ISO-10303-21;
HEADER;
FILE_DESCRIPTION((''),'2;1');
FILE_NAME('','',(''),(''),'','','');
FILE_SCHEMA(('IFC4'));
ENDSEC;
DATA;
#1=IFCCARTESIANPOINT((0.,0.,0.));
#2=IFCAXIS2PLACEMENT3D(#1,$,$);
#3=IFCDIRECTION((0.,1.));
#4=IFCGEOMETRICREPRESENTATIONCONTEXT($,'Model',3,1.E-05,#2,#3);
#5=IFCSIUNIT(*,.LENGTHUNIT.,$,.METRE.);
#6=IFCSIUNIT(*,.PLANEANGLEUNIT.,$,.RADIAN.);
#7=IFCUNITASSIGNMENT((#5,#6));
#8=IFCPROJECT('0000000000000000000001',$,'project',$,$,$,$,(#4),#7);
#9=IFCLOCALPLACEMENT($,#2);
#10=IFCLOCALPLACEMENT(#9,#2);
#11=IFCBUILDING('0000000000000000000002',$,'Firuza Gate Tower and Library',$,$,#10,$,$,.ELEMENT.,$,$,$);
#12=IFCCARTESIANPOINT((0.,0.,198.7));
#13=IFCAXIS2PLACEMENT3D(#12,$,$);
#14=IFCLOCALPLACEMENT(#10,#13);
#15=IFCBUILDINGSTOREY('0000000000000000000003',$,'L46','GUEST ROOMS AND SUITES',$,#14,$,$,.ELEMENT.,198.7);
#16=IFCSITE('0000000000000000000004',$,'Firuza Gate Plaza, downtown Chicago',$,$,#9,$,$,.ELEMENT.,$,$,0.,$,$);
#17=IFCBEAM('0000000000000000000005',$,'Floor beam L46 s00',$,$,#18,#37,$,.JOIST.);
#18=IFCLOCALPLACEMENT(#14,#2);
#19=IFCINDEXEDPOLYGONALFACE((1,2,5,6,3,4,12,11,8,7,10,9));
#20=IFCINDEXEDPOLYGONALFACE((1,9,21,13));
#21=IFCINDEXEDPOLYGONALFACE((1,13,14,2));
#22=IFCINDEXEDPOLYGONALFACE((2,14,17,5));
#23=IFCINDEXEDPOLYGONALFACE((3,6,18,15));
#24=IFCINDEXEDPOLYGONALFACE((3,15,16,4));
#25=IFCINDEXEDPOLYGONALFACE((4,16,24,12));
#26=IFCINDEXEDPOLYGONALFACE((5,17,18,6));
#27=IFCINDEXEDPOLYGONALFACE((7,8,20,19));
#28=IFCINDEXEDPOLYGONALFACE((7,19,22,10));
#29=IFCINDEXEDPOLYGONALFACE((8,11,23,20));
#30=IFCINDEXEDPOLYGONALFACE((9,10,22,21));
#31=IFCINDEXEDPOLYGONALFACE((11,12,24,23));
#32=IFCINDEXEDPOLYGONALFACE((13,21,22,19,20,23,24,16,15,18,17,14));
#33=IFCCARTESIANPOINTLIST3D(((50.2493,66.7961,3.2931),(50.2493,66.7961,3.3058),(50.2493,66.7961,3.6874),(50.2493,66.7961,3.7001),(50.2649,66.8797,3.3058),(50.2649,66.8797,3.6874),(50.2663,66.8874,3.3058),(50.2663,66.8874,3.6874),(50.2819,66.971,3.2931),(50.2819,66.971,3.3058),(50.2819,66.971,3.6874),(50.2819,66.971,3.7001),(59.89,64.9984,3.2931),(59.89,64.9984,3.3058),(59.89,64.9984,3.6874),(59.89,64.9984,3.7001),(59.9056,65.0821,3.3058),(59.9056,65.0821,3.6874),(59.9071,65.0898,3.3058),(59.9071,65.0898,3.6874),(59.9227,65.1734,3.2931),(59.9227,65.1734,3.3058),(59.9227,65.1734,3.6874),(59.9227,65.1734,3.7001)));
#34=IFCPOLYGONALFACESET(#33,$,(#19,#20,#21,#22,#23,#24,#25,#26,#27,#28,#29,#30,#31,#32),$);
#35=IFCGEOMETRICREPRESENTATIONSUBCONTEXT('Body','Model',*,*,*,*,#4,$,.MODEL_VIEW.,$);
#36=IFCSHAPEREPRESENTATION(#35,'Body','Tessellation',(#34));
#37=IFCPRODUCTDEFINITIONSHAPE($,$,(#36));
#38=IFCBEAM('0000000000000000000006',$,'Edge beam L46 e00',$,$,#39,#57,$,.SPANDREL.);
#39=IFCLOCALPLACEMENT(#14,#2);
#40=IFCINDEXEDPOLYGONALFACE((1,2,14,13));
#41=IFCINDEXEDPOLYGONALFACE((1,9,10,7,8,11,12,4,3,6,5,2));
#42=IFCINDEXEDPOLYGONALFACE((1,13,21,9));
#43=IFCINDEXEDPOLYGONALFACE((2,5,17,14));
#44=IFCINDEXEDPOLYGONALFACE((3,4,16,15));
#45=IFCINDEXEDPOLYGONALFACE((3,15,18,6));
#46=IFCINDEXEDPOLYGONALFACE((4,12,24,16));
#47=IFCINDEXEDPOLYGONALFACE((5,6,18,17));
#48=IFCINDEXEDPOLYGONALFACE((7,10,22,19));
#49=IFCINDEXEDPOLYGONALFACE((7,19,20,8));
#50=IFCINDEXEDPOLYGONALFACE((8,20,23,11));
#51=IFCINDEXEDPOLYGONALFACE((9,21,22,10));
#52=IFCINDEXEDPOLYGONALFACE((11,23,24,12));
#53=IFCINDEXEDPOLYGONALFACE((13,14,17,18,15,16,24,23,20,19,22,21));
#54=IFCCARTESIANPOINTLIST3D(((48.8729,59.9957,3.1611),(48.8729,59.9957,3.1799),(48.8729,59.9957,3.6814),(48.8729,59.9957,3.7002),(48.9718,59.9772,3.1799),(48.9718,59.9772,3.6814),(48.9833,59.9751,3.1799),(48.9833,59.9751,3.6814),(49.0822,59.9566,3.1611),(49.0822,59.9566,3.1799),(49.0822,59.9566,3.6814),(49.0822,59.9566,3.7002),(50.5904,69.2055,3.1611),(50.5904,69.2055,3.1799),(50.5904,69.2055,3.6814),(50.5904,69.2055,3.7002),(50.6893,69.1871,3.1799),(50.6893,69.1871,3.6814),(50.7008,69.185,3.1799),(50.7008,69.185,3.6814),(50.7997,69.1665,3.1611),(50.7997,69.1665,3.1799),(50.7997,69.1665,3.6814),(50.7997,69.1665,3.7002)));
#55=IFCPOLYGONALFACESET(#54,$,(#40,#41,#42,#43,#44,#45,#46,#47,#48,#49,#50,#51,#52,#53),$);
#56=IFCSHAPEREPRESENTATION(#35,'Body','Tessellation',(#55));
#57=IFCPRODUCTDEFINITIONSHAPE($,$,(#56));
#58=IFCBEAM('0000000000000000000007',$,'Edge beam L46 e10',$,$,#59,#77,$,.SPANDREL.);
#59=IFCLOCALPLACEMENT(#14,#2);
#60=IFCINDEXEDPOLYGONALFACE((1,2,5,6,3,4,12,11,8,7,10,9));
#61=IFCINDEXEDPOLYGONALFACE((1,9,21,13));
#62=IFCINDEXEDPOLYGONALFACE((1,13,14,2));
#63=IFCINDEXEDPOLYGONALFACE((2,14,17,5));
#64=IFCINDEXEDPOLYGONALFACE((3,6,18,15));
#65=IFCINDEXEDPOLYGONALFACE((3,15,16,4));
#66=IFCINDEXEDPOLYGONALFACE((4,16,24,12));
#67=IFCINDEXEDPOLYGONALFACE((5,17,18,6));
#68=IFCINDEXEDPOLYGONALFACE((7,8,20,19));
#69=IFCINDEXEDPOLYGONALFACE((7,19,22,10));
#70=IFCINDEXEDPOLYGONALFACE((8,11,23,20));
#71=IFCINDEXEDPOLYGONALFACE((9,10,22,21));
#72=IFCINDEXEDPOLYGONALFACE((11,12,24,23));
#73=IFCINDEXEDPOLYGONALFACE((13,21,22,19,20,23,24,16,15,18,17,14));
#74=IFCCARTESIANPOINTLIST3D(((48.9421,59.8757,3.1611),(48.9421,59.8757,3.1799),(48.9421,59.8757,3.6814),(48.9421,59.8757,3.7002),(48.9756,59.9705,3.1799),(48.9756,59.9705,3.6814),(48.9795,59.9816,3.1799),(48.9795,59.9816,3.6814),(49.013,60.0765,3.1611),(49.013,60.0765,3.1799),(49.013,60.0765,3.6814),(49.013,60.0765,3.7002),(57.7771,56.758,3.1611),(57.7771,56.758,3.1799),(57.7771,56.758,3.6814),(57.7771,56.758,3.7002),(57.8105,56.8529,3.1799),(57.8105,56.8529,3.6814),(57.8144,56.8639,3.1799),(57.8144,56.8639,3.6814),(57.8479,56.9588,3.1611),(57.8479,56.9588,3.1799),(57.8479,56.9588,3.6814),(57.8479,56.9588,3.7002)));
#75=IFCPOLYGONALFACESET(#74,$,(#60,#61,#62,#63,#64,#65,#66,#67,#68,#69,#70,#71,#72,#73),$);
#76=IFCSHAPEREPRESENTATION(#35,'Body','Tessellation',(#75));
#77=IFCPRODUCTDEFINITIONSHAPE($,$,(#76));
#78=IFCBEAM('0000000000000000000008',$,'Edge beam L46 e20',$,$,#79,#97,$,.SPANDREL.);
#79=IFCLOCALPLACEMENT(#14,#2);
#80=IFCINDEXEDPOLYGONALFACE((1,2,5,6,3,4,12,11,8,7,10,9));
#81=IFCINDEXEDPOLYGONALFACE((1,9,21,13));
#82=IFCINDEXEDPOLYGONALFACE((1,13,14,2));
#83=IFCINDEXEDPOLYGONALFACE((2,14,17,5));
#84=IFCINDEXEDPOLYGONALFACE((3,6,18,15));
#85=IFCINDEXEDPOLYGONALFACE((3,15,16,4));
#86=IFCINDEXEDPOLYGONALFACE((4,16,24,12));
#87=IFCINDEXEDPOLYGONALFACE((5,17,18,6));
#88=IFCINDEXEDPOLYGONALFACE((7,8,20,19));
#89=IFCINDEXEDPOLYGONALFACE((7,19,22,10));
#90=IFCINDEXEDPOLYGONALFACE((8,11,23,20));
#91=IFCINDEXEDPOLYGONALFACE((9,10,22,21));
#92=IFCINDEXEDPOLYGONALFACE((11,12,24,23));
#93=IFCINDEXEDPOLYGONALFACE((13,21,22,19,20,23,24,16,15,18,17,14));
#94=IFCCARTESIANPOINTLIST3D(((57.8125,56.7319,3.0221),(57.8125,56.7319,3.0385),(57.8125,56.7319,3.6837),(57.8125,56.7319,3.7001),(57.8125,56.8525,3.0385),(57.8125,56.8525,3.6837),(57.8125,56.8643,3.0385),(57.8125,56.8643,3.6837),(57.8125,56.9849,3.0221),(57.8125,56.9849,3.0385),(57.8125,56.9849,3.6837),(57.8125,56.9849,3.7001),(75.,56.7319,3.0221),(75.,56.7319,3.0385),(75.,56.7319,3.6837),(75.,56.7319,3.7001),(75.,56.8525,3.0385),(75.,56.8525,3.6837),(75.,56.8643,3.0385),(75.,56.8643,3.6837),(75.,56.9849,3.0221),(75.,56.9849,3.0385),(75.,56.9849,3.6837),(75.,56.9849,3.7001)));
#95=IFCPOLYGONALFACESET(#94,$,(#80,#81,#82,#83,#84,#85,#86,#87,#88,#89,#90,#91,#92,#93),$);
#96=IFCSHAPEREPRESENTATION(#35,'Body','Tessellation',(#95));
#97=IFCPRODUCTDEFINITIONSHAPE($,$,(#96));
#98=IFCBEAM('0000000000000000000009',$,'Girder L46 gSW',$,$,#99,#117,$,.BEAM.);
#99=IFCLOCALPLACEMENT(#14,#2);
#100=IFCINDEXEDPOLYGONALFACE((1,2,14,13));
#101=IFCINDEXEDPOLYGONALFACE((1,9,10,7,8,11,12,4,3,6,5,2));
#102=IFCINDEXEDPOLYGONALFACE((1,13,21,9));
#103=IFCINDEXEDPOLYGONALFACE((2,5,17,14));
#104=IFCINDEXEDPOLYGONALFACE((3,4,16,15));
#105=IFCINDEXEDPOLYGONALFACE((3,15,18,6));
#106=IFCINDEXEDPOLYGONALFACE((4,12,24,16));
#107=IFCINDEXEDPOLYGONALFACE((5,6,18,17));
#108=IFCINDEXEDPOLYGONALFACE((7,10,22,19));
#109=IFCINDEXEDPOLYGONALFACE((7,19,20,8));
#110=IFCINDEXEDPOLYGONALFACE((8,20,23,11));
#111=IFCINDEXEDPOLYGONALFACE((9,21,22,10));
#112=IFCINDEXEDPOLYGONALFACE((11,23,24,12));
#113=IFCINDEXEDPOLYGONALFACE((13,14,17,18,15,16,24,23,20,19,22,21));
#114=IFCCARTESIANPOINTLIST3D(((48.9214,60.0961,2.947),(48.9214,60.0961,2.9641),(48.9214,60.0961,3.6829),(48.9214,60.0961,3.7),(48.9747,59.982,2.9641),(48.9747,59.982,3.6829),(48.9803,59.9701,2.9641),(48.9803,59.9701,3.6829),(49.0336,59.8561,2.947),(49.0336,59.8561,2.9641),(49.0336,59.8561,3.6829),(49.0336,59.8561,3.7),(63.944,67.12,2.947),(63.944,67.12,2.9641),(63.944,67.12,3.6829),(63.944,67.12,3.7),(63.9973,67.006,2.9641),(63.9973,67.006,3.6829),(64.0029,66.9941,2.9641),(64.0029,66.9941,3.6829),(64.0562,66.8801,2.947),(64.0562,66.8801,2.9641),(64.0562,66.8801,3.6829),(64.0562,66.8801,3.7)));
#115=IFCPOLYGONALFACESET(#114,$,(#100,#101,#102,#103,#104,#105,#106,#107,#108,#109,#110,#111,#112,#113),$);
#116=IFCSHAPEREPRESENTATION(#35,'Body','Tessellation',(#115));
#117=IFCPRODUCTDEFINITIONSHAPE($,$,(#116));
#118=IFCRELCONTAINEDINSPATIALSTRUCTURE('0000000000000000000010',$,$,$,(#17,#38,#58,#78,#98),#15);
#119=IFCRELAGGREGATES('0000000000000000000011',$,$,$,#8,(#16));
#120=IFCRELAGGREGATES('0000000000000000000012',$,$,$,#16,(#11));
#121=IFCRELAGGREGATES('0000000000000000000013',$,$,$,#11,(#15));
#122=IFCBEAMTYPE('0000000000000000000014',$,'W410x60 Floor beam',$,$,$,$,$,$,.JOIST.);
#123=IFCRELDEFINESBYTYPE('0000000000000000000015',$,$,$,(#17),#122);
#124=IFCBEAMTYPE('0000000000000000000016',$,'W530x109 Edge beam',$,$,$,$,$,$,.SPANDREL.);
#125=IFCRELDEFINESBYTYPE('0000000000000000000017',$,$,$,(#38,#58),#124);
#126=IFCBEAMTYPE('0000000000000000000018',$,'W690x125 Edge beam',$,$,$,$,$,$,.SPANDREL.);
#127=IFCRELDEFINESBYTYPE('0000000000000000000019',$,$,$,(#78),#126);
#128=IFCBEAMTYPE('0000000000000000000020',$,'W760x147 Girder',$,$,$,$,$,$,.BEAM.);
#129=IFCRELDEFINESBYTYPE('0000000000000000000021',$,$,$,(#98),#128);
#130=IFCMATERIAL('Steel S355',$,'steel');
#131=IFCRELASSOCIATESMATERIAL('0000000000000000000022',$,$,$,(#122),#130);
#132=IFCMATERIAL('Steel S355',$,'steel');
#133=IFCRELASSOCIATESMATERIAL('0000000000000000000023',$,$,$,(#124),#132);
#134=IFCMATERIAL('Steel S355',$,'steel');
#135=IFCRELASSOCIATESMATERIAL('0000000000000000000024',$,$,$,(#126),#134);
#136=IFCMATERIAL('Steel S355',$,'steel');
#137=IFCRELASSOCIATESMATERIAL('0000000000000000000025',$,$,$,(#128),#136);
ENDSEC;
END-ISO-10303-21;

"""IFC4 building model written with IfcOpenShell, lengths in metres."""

from ifc_helpers import new_model, si_unit, direction, frame, origin, origin_2d, place, context, subcontext, project, spatial, i_section, extrude, material, material_profile, profile_set, type_object, element, save


model = new_model("IFC4")

# Units and contexts
model_context = context("Model", 3, precision=1e-05, world=origin(), true_north=direction((0.0, 1.0)))
body_context = subcontext(model_context, "Body", "Model", "MODEL_VIEW")
ifc_project = project(units=[si_unit("LENGTHUNIT", "METRE"), si_unit("PLANEANGLEUNIT", "RADIAN")], contexts=[model_context])

# Site, building, storey
site_placement = place(None, origin())
site = spatial("IfcSite", under=ifc_project, at=site_placement, Name="Firuza Gate Plaza, downtown Chicago", CompositionType="ELEMENT", RefElevation=0.0)
building_placement = place(site_placement, origin())
building = spatial("IfcBuilding", under=site, at=building_placement, Name="Firuza Gate Tower and Library", CompositionType="ELEMENT")
storey_placement = place(building_placement, frame((0.0, 0.0, 198.7)))
storey = spatial("IfcBuildingStorey", under=building, at=storey_placement, Name="L46", Description="GUEST ROOMS AND SUITES", CompositionType="ELEMENT", Elevation=198.7)

# Beams
ifc_material_1 = material(Name="Steel S355", Category="steel")
ifc_material_profile_1 = material_profile(ifc_material_1, i_section(OverallWidth=0.178, OverallDepth=0.407, WebThickness=0.0078, FlangeThickness=0.0127, at=origin_2d()))
ifc_profile_set_1 = profile_set([ifc_material_profile_1], Name="Steel S355")
beam_type_1 = type_object("IfcBeamType", Name="W410x60 Floor beam", PredefinedType="JOIST", material=ifc_profile_set_1)
beam_1_placement = place(storey_placement, frame((50.2656, 66.8835, 3.4966), z_axis=(0.983057, -0.183302, 0.0), x_axis=(0.183302, 0.983057, 0.0)))
element("IfcBeam", 1, at=beam_1_placement, inside=storey, type_object=beam_type_1, Name="Floor beam L46 s00", PredefinedType="JOIST", context=body_context, shape_type="SweptSolid", body=[
    extrude(i_section(OverallWidth=0.178, OverallDepth=0.407, WebThickness=0.0078, FlangeThickness=0.0127, at=origin_2d()), origin(), (0.0, 0.0, 1.0), 9.8069),
])
ifc_material_2 = material(Name="Steel S355", Category="steel")
ifc_material_profile_2 = material_profile(ifc_material_2, i_section(OverallWidth=0.2129, OverallDepth=0.5391, WebThickness=0.0117, FlangeThickness=0.0188, at=origin_2d()))
ifc_profile_set_2 = profile_set([ifc_material_profile_2], Name="Steel S355")
beam_type_2 = type_object("IfcBeamType", Name="W530x109 Edge beam", PredefinedType="SPANDREL", material=ifc_profile_set_2)
beam_2_placement = place(storey_placement, frame((50.6951, 69.186, 3.4307), z_axis=(-0.183326, -0.983052, 0.0), x_axis=(0.983052, -0.183326, 0.0)))
element("IfcBeam", 2, at=beam_2_placement, inside=storey, type_object=beam_type_2, Name="Edge beam L46 e00", PredefinedType="SPANDREL", context=body_context, shape_type="SweptSolid", body=[
    extrude(i_section(OverallWidth=0.2129, OverallDepth=0.5391, WebThickness=0.0117, FlangeThickness=0.0188, at=origin_2d()), origin(), (0.0, 0.0, 1.0), 9.3687),
])
beam_3_placement = place(storey_placement, frame((48.9775, 59.9761, 3.4307), z_axis=(0.943009, -0.332768, 0.0), x_axis=(0.332768, 0.943009, 0.0)))
element("IfcBeam", 3, at=beam_3_placement, inside=storey, type_object=beam_type_2, Name="Edge beam L46 e10", PredefinedType="SPANDREL", context=body_context, shape_type="SweptSolid", body=[
    extrude(i_section(OverallWidth=0.2129, OverallDepth=0.5391, WebThickness=0.0117, FlangeThickness=0.0188, at=origin_2d()), origin(), (0.0, 0.0, 1.0), 9.3689),
])
ifc_material_3 = material(Name="Steel S355", Category="steel")
ifc_material_profile_3 = material_profile(ifc_material_3, i_section(OverallWidth=0.2529, OverallDepth=0.678, WebThickness=0.0117, FlangeThickness=0.0164, at=origin_2d()))
ifc_profile_set_3 = profile_set([ifc_material_profile_3], Name="Steel S355")
beam_type_3 = type_object("IfcBeamType", Name="W690x125 Edge beam", PredefinedType="SPANDREL", material=ifc_profile_set_3)
beam_4_placement = place(storey_placement, frame((57.8125, 56.8584, 3.3611), z_axis=(1.0, 0.0, 0.0), x_axis=(0.0, 1.0, 0.0)))
element("IfcBeam", 4, at=beam_4_placement, inside=storey, type_object=beam_type_3, Name="Edge beam L46 e20", PredefinedType="SPANDREL", context=body_context, shape_type="SweptSolid", body=[
    extrude(i_section(OverallWidth=0.2529, OverallDepth=0.678, WebThickness=0.0117, FlangeThickness=0.0164, at=origin_2d()), origin(), (0.0, 0.0, 1.0), 17.1875),
])
ifc_material_4 = material(Name="Steel S355", Category="steel")
ifc_material_profile_4 = material_profile(ifc_material_4, i_section(OverallWidth=0.2649, OverallDepth=0.7529, WebThickness=0.0132, FlangeThickness=0.0171, at=origin_2d()))
ifc_profile_set_4 = profile_set([ifc_material_profile_4], Name="Steel S355")
beam_type_4 = type_object("IfcBeamType", Name="W760x147 Girder", PredefinedType="BEAM", material=ifc_profile_set_4)
beam_5_placement = place(storey_placement, frame((48.9775, 59.9761, 3.3235), z_axis=(0.905872, 0.423551, 0.0), x_axis=(-0.423551, 0.905872, 0.0)))
element("IfcBeam", 5, at=beam_5_placement, inside=storey, type_object=beam_type_4, Name="Girder L46 gSW", PredefinedType="BEAM", context=body_context, shape_type="SweptSolid", body=[
    extrude(i_section(OverallWidth=0.2649, OverallDepth=0.7529, WebThickness=0.0132, FlangeThickness=0.0171, at=origin_2d()), origin(), (0.0, 0.0, 1.0), 16.5835),
])

save(model, "model.ifc")
